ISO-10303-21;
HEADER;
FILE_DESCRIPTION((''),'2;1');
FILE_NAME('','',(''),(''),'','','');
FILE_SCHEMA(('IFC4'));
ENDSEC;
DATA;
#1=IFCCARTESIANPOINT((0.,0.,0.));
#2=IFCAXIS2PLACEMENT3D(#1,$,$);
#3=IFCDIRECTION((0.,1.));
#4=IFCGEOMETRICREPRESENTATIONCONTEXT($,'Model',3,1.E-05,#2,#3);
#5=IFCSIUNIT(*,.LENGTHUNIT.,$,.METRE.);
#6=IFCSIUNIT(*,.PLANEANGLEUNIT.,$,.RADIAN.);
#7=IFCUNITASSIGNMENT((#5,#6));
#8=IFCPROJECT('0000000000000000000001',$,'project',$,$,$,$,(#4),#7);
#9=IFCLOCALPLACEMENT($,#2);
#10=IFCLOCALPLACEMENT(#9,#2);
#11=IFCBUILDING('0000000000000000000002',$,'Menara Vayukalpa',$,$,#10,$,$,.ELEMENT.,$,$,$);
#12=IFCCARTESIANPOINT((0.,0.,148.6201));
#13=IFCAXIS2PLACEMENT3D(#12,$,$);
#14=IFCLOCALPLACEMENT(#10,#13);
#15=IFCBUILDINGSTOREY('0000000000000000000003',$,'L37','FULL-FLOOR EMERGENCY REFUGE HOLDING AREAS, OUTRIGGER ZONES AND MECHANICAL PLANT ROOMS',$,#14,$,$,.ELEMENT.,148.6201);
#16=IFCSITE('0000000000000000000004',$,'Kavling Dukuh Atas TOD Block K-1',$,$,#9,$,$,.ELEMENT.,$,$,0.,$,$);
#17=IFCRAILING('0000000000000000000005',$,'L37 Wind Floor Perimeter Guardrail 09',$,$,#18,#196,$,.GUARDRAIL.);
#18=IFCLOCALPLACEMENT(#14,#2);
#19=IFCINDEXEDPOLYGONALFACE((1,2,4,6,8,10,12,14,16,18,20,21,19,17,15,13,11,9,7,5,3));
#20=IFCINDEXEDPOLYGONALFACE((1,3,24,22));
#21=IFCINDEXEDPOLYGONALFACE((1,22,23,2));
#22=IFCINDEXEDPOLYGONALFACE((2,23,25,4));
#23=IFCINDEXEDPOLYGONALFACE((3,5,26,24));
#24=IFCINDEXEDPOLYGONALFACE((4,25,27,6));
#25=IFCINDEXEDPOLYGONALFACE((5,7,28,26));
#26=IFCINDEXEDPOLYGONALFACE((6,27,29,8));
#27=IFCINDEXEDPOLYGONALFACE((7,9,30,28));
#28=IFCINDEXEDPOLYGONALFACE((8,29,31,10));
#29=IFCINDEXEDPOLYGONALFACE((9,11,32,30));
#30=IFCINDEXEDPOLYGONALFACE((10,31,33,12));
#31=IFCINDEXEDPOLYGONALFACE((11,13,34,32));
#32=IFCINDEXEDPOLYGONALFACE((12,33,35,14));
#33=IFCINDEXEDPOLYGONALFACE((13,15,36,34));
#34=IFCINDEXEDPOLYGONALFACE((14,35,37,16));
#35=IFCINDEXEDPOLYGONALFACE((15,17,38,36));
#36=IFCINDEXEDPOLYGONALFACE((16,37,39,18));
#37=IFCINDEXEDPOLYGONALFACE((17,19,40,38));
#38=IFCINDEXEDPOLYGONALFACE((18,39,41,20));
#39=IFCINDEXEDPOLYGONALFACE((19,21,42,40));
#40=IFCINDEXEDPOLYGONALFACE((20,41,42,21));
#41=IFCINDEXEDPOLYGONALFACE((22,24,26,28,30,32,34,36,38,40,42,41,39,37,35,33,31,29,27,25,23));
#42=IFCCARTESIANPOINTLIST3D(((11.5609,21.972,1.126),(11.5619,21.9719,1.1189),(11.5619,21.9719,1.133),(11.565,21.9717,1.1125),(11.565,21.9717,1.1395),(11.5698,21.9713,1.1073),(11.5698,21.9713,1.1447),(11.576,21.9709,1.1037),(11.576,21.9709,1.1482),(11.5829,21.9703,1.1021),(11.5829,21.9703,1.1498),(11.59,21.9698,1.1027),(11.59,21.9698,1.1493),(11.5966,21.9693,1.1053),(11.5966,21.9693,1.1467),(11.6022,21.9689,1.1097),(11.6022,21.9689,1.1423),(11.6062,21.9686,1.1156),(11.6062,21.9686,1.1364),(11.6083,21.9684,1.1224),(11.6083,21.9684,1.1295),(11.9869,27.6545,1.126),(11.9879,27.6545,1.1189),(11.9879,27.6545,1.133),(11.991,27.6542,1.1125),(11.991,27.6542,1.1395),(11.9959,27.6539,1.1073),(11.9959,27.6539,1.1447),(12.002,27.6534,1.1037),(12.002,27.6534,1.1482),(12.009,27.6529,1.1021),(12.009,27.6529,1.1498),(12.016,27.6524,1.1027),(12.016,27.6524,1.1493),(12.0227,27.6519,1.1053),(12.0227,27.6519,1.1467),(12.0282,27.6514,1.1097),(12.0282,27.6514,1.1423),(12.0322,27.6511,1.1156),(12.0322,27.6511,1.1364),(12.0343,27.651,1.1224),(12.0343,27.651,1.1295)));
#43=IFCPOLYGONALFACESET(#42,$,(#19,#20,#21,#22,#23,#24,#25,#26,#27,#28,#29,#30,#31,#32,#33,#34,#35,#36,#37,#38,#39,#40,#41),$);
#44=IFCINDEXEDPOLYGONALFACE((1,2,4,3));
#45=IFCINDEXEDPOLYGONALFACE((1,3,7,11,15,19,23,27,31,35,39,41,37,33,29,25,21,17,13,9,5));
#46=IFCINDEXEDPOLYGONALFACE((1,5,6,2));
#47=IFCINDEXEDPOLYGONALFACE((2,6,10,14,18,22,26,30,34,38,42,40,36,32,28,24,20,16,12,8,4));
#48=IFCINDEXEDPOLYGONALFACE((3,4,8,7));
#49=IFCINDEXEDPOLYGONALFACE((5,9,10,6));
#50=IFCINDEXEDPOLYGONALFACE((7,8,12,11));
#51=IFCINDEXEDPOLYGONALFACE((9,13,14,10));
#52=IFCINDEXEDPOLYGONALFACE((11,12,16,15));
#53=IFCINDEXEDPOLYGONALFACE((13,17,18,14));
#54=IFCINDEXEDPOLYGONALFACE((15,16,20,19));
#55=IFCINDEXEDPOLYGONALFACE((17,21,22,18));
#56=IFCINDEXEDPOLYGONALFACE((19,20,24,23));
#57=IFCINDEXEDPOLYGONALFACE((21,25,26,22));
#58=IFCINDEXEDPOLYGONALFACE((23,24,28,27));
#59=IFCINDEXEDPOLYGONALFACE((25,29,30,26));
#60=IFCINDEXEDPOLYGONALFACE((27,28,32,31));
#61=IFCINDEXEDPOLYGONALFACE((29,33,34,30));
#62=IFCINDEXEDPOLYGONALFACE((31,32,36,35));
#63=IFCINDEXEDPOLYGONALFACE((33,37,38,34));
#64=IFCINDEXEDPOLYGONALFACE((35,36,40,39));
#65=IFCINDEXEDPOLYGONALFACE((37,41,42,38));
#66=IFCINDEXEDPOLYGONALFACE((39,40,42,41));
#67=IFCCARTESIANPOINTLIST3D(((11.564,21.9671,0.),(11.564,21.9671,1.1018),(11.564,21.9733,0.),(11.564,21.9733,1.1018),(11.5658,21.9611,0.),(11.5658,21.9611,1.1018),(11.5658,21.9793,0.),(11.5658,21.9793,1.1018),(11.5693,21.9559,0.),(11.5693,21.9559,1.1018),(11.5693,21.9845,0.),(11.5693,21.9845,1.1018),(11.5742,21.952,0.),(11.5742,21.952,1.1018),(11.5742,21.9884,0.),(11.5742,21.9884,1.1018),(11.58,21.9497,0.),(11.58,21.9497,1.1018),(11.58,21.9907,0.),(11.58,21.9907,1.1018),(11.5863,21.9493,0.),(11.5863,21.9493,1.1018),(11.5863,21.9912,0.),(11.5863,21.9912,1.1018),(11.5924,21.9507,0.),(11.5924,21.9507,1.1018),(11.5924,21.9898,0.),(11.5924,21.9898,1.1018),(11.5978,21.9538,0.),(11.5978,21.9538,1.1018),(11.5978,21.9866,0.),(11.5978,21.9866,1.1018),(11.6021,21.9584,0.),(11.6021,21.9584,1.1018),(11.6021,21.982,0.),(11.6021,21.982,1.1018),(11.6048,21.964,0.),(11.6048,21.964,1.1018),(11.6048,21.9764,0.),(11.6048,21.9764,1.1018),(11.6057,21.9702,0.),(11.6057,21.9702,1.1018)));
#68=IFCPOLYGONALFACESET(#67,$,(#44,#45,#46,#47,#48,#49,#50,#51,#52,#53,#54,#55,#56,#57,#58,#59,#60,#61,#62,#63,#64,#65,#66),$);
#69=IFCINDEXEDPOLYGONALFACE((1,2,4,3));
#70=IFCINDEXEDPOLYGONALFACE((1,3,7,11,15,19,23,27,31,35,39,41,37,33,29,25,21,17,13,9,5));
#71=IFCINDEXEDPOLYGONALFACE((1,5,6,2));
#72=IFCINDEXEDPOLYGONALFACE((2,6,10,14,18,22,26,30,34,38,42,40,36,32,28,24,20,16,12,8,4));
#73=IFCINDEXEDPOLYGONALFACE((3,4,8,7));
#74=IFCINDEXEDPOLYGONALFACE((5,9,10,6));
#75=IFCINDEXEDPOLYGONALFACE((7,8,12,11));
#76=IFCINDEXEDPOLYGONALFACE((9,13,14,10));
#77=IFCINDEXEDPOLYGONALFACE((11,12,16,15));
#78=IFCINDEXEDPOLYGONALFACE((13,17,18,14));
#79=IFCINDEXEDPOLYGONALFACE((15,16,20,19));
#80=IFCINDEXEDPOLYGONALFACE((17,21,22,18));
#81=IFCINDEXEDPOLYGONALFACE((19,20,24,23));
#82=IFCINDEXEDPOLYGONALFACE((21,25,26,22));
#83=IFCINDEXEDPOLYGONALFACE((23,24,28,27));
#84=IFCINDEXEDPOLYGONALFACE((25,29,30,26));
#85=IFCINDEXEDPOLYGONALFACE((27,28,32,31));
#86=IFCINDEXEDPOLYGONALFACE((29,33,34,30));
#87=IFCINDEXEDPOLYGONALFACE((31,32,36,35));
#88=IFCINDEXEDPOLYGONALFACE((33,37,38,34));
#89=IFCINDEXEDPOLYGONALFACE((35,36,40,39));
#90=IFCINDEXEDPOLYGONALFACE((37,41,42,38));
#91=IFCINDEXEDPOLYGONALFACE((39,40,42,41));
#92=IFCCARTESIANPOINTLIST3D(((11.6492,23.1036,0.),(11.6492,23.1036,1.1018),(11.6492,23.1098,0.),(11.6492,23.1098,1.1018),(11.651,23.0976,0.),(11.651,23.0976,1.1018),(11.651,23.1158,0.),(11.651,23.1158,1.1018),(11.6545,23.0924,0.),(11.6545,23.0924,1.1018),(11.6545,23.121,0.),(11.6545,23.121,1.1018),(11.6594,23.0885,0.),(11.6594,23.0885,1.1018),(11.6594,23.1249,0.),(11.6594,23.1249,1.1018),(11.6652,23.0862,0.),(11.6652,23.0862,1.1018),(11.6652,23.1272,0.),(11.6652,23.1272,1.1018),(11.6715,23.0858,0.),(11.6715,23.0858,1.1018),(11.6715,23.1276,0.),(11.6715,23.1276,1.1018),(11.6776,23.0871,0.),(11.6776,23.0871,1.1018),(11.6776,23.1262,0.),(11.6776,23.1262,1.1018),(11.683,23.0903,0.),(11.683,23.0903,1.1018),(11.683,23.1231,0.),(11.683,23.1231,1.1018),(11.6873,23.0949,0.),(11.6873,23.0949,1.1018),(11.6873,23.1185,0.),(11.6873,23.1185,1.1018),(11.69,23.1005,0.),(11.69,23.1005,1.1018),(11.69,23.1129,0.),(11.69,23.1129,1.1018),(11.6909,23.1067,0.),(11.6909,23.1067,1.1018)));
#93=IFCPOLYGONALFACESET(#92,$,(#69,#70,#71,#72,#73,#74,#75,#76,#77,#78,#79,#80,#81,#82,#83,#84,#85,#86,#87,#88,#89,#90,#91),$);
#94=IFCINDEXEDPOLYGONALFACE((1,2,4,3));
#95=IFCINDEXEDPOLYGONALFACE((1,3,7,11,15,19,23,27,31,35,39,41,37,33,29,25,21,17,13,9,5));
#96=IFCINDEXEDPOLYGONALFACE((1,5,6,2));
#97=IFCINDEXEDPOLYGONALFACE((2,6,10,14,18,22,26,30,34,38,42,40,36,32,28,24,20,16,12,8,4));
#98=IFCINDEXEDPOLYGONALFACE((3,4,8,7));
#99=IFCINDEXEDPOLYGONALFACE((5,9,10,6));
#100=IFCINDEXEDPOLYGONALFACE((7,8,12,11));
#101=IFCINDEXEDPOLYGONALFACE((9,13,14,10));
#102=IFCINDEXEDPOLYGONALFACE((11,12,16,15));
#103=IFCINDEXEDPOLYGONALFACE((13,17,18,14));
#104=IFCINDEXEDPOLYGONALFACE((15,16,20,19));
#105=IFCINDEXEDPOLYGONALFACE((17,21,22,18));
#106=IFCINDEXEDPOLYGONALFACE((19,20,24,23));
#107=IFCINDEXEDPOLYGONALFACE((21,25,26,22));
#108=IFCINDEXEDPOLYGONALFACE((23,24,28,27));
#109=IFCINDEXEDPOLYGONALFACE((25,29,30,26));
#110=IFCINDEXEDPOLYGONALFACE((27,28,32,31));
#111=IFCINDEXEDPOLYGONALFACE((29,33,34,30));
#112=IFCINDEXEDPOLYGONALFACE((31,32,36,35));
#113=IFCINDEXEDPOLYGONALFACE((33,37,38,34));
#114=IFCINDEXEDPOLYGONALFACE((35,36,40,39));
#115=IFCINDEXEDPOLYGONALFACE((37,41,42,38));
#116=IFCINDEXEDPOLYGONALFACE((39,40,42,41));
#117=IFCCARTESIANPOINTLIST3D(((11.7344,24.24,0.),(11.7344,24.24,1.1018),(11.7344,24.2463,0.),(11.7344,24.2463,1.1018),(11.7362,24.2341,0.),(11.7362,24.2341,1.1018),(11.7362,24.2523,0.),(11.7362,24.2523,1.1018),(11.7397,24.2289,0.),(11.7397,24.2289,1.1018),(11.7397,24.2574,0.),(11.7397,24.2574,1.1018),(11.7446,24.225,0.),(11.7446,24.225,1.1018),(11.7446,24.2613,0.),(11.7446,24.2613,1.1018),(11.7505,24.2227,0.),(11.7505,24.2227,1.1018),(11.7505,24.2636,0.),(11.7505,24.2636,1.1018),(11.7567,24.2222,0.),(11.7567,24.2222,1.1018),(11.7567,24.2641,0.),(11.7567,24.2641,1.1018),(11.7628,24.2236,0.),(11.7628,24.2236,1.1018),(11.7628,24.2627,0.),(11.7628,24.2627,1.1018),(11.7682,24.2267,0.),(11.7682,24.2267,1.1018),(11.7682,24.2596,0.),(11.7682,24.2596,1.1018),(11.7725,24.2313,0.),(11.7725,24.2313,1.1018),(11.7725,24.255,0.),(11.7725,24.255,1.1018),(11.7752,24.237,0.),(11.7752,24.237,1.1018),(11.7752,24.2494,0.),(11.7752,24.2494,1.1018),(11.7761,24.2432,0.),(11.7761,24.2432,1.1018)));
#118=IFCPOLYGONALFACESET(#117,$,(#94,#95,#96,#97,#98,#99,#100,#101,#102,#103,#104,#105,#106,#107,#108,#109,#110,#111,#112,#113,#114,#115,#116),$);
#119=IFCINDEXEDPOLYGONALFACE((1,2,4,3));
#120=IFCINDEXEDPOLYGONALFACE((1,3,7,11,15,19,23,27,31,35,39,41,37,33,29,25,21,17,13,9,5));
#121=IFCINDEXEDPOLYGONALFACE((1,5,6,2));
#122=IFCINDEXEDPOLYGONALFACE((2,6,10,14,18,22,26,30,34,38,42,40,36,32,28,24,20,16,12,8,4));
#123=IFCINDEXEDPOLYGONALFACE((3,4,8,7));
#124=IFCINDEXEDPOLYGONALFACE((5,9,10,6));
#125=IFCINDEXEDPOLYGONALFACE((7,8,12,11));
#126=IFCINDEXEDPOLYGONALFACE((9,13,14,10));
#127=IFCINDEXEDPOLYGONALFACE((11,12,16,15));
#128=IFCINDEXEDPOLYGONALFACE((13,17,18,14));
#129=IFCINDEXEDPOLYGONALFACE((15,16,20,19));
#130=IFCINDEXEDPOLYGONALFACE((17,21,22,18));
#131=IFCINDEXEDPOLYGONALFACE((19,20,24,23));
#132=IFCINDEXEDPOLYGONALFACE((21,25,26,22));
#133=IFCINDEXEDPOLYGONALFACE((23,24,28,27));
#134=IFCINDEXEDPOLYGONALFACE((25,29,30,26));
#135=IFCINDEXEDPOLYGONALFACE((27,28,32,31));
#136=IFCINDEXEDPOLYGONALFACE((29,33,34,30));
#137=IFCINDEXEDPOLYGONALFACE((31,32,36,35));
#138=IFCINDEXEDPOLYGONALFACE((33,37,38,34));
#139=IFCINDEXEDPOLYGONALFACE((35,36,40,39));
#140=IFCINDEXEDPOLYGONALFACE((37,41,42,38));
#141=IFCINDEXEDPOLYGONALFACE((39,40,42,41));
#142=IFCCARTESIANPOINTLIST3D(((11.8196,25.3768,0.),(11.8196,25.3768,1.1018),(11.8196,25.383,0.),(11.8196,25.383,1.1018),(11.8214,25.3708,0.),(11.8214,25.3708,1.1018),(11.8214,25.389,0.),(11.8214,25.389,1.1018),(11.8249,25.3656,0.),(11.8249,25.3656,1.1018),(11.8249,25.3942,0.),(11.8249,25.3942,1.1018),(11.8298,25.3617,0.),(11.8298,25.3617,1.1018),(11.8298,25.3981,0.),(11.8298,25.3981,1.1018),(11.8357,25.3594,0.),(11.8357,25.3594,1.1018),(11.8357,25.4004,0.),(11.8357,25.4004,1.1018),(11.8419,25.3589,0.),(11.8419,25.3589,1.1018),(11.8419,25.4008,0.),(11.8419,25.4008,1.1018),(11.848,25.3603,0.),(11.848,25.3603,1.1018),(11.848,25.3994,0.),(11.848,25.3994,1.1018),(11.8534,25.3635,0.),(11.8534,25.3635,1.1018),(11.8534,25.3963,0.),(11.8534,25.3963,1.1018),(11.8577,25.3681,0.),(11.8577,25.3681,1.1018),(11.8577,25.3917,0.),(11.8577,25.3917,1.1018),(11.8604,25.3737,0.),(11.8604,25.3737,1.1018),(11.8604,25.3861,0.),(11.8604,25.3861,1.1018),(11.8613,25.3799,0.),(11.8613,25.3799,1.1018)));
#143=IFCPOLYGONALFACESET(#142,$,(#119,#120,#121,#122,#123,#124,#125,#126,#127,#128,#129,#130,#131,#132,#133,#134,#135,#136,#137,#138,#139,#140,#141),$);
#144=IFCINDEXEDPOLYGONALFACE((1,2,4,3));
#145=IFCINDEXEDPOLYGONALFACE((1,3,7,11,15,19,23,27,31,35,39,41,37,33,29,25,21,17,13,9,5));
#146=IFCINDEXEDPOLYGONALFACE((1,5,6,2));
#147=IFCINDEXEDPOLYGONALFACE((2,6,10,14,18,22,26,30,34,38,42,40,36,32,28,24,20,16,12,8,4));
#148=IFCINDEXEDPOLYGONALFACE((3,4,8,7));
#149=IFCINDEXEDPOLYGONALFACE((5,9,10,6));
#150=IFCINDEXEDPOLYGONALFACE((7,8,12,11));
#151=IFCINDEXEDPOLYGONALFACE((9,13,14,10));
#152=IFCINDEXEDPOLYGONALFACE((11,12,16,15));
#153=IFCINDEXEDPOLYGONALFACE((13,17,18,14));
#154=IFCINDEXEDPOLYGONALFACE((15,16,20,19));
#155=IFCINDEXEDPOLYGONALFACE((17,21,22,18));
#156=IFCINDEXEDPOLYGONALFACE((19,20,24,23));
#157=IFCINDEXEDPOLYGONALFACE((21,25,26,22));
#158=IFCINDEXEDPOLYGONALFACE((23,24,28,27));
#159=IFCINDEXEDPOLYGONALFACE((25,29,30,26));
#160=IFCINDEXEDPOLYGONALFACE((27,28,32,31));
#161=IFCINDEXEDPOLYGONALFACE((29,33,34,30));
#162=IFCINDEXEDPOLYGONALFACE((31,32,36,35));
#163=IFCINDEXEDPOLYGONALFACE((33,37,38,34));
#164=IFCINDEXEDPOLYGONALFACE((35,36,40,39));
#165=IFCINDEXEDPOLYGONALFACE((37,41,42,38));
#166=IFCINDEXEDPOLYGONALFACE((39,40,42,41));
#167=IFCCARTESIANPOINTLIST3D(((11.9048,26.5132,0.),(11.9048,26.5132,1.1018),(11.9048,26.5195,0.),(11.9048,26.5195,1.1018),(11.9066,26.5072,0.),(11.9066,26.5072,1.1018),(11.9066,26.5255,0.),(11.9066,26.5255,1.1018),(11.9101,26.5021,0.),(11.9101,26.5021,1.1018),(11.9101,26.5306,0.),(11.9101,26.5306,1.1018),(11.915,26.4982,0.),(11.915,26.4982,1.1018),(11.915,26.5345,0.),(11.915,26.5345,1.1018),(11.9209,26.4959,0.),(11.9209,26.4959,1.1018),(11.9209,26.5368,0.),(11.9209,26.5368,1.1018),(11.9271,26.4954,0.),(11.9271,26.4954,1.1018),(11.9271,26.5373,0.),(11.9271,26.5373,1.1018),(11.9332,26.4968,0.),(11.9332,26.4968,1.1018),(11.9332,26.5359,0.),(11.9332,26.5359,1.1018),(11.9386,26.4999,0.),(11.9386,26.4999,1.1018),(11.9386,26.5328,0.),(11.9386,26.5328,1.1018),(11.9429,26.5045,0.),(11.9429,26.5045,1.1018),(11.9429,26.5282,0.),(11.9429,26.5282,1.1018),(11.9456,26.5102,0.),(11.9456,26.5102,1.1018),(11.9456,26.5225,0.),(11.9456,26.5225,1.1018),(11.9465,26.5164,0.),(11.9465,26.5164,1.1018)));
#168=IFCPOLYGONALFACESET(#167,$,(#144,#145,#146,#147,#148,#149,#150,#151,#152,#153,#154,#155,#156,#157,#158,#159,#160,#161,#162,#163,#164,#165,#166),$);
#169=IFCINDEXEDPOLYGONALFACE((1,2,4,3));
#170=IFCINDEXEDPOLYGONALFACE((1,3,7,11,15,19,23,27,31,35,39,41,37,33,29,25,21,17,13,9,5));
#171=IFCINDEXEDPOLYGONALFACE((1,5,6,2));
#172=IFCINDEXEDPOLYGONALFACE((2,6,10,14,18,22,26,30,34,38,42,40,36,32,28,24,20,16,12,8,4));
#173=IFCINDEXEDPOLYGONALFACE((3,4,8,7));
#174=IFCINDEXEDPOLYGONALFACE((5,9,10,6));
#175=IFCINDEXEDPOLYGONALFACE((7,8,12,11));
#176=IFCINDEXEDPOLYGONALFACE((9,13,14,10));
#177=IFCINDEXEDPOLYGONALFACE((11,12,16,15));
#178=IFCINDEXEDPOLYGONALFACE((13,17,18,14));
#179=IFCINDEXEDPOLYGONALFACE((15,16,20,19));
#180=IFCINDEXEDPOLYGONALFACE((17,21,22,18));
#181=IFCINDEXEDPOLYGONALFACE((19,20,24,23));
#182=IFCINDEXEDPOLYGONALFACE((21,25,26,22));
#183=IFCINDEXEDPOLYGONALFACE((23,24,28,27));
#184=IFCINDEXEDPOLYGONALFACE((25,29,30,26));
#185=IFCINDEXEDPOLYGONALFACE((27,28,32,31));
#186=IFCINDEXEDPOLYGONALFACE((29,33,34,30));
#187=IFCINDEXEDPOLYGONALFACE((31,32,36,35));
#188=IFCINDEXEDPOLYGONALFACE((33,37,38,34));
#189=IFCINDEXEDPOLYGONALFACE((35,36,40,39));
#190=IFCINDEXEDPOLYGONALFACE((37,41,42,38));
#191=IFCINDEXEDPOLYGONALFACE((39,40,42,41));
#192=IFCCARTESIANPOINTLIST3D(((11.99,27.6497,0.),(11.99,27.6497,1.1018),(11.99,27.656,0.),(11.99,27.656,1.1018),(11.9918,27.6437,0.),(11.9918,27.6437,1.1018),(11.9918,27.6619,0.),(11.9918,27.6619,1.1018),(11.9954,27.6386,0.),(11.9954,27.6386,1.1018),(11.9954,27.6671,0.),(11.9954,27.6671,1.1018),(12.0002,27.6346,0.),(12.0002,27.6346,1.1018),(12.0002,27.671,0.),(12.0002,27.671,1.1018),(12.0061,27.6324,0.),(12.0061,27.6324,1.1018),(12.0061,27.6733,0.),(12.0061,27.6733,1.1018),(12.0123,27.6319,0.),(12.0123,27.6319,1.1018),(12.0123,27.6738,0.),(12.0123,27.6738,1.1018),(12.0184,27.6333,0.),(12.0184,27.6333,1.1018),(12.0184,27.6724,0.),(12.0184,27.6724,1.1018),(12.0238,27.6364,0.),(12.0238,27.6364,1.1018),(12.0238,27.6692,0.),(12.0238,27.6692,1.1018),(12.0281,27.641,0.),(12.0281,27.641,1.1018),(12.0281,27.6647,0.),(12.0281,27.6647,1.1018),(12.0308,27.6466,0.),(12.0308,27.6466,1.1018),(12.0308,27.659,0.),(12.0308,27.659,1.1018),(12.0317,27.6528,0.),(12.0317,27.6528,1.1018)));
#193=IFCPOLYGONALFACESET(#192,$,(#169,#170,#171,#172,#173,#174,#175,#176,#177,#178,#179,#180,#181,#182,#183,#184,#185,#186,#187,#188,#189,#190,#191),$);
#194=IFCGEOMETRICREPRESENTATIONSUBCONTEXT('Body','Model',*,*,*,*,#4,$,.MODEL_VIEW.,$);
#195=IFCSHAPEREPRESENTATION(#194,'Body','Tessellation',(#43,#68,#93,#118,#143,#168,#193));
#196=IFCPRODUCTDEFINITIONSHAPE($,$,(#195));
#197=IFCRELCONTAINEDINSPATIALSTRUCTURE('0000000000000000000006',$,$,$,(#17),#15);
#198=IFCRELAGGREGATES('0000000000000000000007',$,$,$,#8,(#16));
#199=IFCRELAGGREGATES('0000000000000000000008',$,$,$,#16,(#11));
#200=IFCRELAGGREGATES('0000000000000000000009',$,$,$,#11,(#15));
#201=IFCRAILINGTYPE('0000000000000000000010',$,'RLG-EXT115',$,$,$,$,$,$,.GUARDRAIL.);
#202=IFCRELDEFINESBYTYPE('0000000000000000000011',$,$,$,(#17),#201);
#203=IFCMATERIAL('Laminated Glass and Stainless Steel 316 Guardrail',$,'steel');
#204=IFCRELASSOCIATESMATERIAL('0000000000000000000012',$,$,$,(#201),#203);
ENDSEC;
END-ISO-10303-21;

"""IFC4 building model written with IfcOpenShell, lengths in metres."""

from ifc_helpers import new_model, si_unit, direction, frame, origin, origin_2d, place, context, subcontext, project, spatial, circle, extrude, material, type_object, element, save


model = new_model("IFC4")

# Units and contexts
model_context = context("Model", 3, precision=1e-05, world=origin(), true_north=direction((0.0, 1.0)))
body_context = subcontext(model_context, "Body", "Model", "MODEL_VIEW")
ifc_project = project(units=[si_unit("LENGTHUNIT", "METRE"), si_unit("PLANEANGLEUNIT", "RADIAN")], contexts=[model_context])

# Site, building, storey
site_placement = place(None, origin())
site = spatial("IfcSite", under=ifc_project, at=site_placement, Name="Kavling Dukuh Atas TOD Block K-1", CompositionType="ELEMENT", RefElevation=0.0)
building_placement = place(site_placement, origin())
building = spatial("IfcBuilding", under=site, at=building_placement, Name="Menara Vayukalpa", CompositionType="ELEMENT")
storey_placement = place(building_placement, frame((0.0, 0.0, 148.6201)))
storey = spatial("IfcBuildingStorey", under=building, at=storey_placement, Name="L37", Description="FULL-FLOOR EMERGENCY REFUGE HOLDING AREAS, OUTRIGGER ZONES AND MECHANICAL PLANT ROOMS", CompositionType="ELEMENT", Elevation=148.6201)

# Railing
ifc_material_1 = material(Name="Laminated Glass and Stainless Steel 316 Guardrail", Category="steel")
railing_type_1 = type_object("IfcRailingType", Name="RLG-EXT115", PredefinedType="GUARDRAIL", material=ifc_material_1)
railing_1_placement = place(storey_placement, frame((11.5847, 21.9702, 0.0)))
element("IfcRailing", 1, at=railing_1_placement, inside=storey, type_object=railing_type_1, Name="L37 Wind Floor Perimeter Guardrail 09", PredefinedType="GUARDRAIL", context=body_context, shape_type="SweptSolid", body=[
    extrude(circle(Radius=0.0239, at=origin_2d()), frame((0.0, 0.0, 1.126), z_axis=(0.07476, 0.997202, 0.0), x_axis=(-0.997202, 0.07476, 0.0)), (0.0, 0.0, 1.0), 5.6985),
    extrude(circle(Radius=0.021, at=origin_2d()), origin(), (0.0, 0.0, 1.0), 1.1018),
    extrude(circle(Radius=0.021, at=origin_2d()), frame((0.0852, 1.1365, 0.0)), (0.0, 0.0, 1.0), 1.1018),
    extrude(circle(Radius=0.021, at=origin_2d()), frame((0.1704, 2.2729, 0.0)), (0.0, 0.0, 1.0), 1.1018),
    extrude(circle(Radius=0.021, at=origin_2d()), frame((0.2556, 3.4097, 0.0)), (0.0, 0.0, 1.0), 1.1018),
    extrude(circle(Radius=0.021, at=origin_2d()), frame((0.3408, 4.5461, 0.0)), (0.0, 0.0, 1.0), 1.1018),
    extrude(circle(Radius=0.021, at=origin_2d()), frame((0.426, 5.6826, 0.0)), (0.0, 0.0, 1.0), 1.1018),
])

save(model, "model.ifc")
